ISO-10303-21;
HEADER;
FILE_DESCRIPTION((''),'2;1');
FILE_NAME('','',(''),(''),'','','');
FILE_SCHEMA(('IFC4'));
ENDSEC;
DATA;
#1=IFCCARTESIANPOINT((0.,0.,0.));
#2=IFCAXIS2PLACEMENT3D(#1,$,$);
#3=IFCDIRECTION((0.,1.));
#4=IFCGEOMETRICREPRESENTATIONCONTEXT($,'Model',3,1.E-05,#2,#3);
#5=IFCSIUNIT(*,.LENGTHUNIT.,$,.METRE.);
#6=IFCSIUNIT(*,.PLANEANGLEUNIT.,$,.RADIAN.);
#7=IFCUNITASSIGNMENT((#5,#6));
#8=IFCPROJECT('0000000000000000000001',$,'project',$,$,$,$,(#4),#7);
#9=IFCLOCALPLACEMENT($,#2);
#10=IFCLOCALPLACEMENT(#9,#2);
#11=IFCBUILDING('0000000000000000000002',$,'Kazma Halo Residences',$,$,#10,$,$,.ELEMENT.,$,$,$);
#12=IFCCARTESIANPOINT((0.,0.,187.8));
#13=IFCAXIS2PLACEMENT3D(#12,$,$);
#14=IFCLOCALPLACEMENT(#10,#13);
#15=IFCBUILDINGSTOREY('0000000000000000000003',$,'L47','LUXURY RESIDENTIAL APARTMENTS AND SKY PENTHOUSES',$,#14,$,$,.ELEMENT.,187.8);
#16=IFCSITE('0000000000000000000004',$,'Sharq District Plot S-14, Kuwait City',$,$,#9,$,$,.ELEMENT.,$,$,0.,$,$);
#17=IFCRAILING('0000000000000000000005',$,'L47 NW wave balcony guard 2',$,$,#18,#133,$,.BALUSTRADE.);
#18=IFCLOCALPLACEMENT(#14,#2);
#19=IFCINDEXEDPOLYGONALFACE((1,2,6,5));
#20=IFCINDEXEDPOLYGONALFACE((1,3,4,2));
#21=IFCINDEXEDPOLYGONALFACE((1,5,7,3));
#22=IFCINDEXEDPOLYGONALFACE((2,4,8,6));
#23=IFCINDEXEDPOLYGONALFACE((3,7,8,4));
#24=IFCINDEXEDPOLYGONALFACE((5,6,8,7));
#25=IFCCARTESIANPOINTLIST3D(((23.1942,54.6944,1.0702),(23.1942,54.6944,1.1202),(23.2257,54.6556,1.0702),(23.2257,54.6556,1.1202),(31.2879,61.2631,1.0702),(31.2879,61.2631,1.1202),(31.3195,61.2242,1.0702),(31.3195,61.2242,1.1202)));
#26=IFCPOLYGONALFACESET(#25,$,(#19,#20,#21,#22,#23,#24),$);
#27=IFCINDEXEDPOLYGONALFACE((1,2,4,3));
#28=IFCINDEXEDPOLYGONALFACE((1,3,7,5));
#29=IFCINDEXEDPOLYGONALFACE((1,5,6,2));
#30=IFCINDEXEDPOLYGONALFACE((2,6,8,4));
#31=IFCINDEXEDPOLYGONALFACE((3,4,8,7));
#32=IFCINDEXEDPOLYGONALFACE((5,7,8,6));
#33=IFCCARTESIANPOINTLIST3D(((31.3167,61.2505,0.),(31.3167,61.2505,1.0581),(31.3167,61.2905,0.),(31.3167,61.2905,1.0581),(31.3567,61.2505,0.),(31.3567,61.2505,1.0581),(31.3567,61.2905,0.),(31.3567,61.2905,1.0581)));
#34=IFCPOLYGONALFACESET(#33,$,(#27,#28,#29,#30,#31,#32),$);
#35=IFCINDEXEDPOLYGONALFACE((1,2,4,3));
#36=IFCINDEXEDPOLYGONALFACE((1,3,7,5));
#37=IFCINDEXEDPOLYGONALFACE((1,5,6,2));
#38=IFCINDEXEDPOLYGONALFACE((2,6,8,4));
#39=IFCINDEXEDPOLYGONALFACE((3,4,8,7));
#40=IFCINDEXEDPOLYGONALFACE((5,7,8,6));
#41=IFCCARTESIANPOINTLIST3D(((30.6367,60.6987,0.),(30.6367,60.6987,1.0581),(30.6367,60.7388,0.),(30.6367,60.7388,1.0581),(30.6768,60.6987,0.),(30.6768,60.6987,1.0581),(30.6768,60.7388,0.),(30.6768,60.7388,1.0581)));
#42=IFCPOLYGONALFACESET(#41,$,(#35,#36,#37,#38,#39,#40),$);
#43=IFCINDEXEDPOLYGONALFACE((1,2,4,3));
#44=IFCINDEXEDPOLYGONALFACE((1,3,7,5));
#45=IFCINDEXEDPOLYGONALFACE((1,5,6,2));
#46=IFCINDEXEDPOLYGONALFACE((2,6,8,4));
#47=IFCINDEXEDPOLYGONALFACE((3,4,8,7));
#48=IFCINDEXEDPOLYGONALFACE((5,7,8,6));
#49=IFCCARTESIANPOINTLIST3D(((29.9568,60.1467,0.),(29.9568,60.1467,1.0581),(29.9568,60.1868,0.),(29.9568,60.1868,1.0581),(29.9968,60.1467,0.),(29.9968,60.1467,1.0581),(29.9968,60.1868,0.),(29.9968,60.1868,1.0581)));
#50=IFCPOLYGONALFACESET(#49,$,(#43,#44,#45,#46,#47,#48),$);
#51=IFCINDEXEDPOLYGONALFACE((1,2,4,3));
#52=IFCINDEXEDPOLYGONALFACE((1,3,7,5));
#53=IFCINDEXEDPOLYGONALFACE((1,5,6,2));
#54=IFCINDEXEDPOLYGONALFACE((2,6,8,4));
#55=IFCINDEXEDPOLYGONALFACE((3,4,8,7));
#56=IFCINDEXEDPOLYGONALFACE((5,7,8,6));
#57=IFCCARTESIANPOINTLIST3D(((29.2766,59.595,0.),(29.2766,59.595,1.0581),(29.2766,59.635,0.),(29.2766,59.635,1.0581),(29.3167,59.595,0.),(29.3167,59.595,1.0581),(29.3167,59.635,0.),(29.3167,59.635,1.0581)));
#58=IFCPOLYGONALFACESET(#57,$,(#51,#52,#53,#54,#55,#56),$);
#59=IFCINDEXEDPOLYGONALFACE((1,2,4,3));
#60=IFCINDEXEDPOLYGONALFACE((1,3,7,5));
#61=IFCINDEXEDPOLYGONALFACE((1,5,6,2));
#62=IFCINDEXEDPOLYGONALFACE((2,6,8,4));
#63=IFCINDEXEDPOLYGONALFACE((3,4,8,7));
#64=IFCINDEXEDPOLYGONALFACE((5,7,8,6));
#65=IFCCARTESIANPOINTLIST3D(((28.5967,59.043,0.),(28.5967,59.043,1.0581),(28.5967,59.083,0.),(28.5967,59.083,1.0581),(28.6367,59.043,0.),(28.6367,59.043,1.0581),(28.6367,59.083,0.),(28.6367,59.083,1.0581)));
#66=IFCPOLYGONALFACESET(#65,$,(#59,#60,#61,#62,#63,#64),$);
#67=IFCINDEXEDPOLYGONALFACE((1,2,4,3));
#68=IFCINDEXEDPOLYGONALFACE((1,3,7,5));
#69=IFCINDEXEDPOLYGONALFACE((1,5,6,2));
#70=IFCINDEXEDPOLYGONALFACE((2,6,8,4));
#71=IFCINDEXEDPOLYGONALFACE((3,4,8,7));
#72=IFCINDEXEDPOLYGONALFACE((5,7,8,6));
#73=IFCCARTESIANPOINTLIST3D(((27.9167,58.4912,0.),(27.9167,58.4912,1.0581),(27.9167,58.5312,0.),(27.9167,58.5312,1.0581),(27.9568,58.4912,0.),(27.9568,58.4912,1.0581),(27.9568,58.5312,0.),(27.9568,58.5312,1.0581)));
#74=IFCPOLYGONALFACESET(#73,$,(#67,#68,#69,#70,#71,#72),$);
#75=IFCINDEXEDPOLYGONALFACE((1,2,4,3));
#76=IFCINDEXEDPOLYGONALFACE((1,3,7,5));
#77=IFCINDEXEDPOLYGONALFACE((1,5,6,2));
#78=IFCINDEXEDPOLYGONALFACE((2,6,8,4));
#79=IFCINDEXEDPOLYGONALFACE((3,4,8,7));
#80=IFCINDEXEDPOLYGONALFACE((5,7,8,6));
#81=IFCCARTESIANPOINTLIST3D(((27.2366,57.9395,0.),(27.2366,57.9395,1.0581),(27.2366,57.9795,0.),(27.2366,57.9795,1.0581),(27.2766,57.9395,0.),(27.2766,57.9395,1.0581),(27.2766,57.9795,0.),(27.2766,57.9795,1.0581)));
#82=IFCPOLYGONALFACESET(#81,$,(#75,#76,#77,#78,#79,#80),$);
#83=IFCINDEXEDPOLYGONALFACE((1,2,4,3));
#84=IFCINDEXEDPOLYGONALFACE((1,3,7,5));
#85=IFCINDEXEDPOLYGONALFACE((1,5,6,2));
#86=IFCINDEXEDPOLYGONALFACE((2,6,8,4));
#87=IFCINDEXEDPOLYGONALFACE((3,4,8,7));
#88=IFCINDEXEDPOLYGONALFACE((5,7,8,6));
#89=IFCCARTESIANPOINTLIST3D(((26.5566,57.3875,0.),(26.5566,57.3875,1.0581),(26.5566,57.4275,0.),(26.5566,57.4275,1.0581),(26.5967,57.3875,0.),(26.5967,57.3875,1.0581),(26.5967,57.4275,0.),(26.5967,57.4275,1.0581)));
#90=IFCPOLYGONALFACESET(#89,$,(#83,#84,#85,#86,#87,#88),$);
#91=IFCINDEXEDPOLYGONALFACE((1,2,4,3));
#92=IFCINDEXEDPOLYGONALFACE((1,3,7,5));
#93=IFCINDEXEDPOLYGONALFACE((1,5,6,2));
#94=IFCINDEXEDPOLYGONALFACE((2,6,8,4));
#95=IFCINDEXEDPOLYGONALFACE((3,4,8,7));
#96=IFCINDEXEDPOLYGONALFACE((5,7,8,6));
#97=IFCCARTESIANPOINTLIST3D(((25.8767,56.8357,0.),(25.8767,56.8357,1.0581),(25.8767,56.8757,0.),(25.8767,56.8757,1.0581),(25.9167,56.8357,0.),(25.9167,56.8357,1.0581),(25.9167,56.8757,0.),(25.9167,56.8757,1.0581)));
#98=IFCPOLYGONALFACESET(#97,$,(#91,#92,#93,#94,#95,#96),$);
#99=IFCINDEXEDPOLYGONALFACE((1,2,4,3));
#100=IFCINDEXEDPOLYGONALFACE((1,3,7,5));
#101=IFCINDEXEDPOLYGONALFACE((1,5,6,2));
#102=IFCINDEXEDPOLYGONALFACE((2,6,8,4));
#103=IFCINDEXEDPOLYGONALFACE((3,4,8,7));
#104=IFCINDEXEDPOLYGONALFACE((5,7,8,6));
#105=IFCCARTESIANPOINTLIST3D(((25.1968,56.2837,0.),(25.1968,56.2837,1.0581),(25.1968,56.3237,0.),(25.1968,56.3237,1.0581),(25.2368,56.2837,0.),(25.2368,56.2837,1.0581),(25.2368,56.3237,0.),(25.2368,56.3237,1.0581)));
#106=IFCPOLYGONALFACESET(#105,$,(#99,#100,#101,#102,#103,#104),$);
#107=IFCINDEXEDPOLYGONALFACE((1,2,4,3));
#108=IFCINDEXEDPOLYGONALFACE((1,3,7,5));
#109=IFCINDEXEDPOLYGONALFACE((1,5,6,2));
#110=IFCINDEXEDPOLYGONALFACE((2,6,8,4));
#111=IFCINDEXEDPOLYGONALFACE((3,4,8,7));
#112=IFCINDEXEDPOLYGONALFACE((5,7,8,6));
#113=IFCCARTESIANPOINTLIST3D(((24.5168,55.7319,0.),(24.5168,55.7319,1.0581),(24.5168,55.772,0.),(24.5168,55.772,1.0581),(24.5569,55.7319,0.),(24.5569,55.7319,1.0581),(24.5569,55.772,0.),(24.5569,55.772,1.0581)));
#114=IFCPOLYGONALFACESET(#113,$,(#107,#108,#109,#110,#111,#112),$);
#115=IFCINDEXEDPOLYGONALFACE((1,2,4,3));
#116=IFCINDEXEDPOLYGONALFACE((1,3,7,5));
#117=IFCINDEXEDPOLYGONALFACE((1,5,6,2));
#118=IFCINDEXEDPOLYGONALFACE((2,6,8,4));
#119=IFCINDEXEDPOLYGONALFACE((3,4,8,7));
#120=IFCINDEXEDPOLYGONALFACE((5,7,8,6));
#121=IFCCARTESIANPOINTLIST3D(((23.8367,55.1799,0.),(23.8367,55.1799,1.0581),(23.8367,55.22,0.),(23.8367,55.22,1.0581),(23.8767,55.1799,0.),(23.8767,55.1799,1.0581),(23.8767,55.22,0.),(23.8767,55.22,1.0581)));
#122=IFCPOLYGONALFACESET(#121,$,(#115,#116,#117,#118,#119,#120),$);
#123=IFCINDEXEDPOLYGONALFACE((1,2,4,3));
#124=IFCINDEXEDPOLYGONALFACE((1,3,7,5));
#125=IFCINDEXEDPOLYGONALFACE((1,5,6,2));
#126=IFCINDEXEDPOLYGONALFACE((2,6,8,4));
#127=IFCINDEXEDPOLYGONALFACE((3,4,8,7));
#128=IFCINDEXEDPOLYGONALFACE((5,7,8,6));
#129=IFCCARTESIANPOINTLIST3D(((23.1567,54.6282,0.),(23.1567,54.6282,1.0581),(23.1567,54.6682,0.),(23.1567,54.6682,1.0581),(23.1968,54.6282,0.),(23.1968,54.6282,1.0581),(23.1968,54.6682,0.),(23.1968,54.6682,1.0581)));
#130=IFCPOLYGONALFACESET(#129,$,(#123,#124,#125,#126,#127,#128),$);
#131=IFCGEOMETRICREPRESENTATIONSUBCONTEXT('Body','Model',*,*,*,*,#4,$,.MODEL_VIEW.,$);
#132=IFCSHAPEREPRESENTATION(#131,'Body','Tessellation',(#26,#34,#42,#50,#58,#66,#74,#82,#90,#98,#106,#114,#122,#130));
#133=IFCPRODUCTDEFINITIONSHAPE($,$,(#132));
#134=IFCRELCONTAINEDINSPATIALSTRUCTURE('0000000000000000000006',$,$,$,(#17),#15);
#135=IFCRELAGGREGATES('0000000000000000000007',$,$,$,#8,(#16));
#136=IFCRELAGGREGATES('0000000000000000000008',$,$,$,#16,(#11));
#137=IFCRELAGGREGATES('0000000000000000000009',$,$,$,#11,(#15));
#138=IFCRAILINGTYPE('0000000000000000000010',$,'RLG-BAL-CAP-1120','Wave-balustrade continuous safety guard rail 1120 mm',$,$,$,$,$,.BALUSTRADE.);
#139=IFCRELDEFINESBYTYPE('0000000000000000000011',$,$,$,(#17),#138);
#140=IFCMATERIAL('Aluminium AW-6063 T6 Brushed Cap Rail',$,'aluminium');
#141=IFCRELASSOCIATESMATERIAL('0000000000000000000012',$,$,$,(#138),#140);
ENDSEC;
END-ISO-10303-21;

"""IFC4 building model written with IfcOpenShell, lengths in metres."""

from ifc_helpers import new_model, si_unit, direction, frame, origin, origin_2d, place, context, subcontext, project, spatial, rectangle, extrude, material, type_object, element, save


model = new_model("IFC4")

# Units and contexts
model_context = context("Model", 3, precision=1e-05, world=origin(), true_north=direction((0.0, 1.0)))
body_context = subcontext(model_context, "Body", "Model", "MODEL_VIEW")
ifc_project = project(units=[si_unit("LENGTHUNIT", "METRE"), si_unit("PLANEANGLEUNIT", "RADIAN")], contexts=[model_context])

# Site, building, storey
site_placement = place(None, origin())
site = spatial("IfcSite", under=ifc_project, at=site_placement, Name="Sharq District Plot S-14, Kuwait City", CompositionType="ELEMENT", RefElevation=0.0)
building_placement = place(site_placement, origin())
building = spatial("IfcBuilding", under=site, at=building_placement, Name="Kazma Halo Residences", CompositionType="ELEMENT")
storey_placement = place(building_placement, frame((0.0, 0.0, 187.8)))
storey = spatial("IfcBuildingStorey", under=building, at=storey_placement, Name="L47", Description="LUXURY RESIDENTIAL APARTMENTS AND SKY PENTHOUSES", CompositionType="ELEMENT", Elevation=187.8)

# Railing
ifc_material_1 = material(Name="Aluminium AW-6063 T6 Brushed Cap Rail", Category="aluminium")
railing_type = type_object("IfcRailingType", Name="RLG-BAL-CAP-1120", Description="Wave-balustrade continuous safety guard rail 1120 mm", PredefinedType="BALUSTRADE", material=ifc_material_1)
railing_1_placement = place(storey_placement, frame((31.3367, 61.2705, 0.0)))
element("IfcRailing", 1, at=railing_1_placement, inside=storey, type_object=railing_type, Name="L47 NW wave balcony guard 2", PredefinedType="BALUSTRADE", context=body_context, shape_type="SweptSolid", body=[
    extrude(rectangle(XDim=0.05, YDim=0.05, at=origin_2d()), frame((-0.033, -0.0269, 1.0952), z_axis=(-0.776468, -0.630156, 0.0), x_axis=(0.630156, -0.776468, 0.0)), (0.0, 0.0, 1.0), 10.4238),
    extrude(rectangle(XDim=0.04, YDim=0.04, at=origin_2d()), origin(), (0.0, 0.0, 1.0), 1.0581),
    extrude(rectangle(XDim=0.04, YDim=0.04, at=origin_2d()), frame((-0.6799, -0.5518, 0.0)), (0.0, 0.0, 1.0), 1.0581),
    extrude(rectangle(XDim=0.04, YDim=0.04, at=origin_2d()), frame((-1.3599, -1.1038, 0.0)), (0.0, 0.0, 1.0), 1.0581),
    extrude(rectangle(XDim=0.04, YDim=0.04, at=origin_2d()), frame((-2.04, -1.6555, 0.0)), (0.0, 0.0, 1.0), 1.0581),
    extrude(rectangle(XDim=0.04, YDim=0.04, at=origin_2d()), frame((-2.72, -2.2075, 0.0)), (0.0, 0.0, 1.0), 1.0581),
    extrude(rectangle(XDim=0.04, YDim=0.04, at=origin_2d()), frame((-3.3999, -2.7593, 0.0)), (0.0, 0.0, 1.0), 1.0581),
    extrude(rectangle(XDim=0.04, YDim=0.04, at=origin_2d()), frame((-4.0801, -3.311, 0.0)), (0.0, 0.0, 1.0), 1.0581),
    extrude(rectangle(XDim=0.04, YDim=0.04, at=origin_2d()), frame((-4.76, -3.863, 0.0)), (0.0, 0.0, 1.0), 1.0581),
    extrude(rectangle(XDim=0.04, YDim=0.04, at=origin_2d()), frame((-5.4399, -4.4148, 0.0)), (0.0, 0.0, 1.0), 1.0581),
    extrude(rectangle(XDim=0.04, YDim=0.04, at=origin_2d()), frame((-6.1199, -4.9668, 0.0)), (0.0, 0.0, 1.0), 1.0581),
    extrude(rectangle(XDim=0.04, YDim=0.04, at=origin_2d()), frame((-6.7998, -5.5186, 0.0)), (0.0, 0.0, 1.0), 1.0581),
    extrude(rectangle(XDim=0.04, YDim=0.04, at=origin_2d()), frame((-7.48, -6.0706, 0.0)), (0.0, 0.0, 1.0), 1.0581),
    extrude(rectangle(XDim=0.04, YDim=0.04, at=origin_2d()), frame((-8.1599, -6.6223, 0.0)), (0.0, 0.0, 1.0), 1.0581),
])

save(model, "model.ifc")
